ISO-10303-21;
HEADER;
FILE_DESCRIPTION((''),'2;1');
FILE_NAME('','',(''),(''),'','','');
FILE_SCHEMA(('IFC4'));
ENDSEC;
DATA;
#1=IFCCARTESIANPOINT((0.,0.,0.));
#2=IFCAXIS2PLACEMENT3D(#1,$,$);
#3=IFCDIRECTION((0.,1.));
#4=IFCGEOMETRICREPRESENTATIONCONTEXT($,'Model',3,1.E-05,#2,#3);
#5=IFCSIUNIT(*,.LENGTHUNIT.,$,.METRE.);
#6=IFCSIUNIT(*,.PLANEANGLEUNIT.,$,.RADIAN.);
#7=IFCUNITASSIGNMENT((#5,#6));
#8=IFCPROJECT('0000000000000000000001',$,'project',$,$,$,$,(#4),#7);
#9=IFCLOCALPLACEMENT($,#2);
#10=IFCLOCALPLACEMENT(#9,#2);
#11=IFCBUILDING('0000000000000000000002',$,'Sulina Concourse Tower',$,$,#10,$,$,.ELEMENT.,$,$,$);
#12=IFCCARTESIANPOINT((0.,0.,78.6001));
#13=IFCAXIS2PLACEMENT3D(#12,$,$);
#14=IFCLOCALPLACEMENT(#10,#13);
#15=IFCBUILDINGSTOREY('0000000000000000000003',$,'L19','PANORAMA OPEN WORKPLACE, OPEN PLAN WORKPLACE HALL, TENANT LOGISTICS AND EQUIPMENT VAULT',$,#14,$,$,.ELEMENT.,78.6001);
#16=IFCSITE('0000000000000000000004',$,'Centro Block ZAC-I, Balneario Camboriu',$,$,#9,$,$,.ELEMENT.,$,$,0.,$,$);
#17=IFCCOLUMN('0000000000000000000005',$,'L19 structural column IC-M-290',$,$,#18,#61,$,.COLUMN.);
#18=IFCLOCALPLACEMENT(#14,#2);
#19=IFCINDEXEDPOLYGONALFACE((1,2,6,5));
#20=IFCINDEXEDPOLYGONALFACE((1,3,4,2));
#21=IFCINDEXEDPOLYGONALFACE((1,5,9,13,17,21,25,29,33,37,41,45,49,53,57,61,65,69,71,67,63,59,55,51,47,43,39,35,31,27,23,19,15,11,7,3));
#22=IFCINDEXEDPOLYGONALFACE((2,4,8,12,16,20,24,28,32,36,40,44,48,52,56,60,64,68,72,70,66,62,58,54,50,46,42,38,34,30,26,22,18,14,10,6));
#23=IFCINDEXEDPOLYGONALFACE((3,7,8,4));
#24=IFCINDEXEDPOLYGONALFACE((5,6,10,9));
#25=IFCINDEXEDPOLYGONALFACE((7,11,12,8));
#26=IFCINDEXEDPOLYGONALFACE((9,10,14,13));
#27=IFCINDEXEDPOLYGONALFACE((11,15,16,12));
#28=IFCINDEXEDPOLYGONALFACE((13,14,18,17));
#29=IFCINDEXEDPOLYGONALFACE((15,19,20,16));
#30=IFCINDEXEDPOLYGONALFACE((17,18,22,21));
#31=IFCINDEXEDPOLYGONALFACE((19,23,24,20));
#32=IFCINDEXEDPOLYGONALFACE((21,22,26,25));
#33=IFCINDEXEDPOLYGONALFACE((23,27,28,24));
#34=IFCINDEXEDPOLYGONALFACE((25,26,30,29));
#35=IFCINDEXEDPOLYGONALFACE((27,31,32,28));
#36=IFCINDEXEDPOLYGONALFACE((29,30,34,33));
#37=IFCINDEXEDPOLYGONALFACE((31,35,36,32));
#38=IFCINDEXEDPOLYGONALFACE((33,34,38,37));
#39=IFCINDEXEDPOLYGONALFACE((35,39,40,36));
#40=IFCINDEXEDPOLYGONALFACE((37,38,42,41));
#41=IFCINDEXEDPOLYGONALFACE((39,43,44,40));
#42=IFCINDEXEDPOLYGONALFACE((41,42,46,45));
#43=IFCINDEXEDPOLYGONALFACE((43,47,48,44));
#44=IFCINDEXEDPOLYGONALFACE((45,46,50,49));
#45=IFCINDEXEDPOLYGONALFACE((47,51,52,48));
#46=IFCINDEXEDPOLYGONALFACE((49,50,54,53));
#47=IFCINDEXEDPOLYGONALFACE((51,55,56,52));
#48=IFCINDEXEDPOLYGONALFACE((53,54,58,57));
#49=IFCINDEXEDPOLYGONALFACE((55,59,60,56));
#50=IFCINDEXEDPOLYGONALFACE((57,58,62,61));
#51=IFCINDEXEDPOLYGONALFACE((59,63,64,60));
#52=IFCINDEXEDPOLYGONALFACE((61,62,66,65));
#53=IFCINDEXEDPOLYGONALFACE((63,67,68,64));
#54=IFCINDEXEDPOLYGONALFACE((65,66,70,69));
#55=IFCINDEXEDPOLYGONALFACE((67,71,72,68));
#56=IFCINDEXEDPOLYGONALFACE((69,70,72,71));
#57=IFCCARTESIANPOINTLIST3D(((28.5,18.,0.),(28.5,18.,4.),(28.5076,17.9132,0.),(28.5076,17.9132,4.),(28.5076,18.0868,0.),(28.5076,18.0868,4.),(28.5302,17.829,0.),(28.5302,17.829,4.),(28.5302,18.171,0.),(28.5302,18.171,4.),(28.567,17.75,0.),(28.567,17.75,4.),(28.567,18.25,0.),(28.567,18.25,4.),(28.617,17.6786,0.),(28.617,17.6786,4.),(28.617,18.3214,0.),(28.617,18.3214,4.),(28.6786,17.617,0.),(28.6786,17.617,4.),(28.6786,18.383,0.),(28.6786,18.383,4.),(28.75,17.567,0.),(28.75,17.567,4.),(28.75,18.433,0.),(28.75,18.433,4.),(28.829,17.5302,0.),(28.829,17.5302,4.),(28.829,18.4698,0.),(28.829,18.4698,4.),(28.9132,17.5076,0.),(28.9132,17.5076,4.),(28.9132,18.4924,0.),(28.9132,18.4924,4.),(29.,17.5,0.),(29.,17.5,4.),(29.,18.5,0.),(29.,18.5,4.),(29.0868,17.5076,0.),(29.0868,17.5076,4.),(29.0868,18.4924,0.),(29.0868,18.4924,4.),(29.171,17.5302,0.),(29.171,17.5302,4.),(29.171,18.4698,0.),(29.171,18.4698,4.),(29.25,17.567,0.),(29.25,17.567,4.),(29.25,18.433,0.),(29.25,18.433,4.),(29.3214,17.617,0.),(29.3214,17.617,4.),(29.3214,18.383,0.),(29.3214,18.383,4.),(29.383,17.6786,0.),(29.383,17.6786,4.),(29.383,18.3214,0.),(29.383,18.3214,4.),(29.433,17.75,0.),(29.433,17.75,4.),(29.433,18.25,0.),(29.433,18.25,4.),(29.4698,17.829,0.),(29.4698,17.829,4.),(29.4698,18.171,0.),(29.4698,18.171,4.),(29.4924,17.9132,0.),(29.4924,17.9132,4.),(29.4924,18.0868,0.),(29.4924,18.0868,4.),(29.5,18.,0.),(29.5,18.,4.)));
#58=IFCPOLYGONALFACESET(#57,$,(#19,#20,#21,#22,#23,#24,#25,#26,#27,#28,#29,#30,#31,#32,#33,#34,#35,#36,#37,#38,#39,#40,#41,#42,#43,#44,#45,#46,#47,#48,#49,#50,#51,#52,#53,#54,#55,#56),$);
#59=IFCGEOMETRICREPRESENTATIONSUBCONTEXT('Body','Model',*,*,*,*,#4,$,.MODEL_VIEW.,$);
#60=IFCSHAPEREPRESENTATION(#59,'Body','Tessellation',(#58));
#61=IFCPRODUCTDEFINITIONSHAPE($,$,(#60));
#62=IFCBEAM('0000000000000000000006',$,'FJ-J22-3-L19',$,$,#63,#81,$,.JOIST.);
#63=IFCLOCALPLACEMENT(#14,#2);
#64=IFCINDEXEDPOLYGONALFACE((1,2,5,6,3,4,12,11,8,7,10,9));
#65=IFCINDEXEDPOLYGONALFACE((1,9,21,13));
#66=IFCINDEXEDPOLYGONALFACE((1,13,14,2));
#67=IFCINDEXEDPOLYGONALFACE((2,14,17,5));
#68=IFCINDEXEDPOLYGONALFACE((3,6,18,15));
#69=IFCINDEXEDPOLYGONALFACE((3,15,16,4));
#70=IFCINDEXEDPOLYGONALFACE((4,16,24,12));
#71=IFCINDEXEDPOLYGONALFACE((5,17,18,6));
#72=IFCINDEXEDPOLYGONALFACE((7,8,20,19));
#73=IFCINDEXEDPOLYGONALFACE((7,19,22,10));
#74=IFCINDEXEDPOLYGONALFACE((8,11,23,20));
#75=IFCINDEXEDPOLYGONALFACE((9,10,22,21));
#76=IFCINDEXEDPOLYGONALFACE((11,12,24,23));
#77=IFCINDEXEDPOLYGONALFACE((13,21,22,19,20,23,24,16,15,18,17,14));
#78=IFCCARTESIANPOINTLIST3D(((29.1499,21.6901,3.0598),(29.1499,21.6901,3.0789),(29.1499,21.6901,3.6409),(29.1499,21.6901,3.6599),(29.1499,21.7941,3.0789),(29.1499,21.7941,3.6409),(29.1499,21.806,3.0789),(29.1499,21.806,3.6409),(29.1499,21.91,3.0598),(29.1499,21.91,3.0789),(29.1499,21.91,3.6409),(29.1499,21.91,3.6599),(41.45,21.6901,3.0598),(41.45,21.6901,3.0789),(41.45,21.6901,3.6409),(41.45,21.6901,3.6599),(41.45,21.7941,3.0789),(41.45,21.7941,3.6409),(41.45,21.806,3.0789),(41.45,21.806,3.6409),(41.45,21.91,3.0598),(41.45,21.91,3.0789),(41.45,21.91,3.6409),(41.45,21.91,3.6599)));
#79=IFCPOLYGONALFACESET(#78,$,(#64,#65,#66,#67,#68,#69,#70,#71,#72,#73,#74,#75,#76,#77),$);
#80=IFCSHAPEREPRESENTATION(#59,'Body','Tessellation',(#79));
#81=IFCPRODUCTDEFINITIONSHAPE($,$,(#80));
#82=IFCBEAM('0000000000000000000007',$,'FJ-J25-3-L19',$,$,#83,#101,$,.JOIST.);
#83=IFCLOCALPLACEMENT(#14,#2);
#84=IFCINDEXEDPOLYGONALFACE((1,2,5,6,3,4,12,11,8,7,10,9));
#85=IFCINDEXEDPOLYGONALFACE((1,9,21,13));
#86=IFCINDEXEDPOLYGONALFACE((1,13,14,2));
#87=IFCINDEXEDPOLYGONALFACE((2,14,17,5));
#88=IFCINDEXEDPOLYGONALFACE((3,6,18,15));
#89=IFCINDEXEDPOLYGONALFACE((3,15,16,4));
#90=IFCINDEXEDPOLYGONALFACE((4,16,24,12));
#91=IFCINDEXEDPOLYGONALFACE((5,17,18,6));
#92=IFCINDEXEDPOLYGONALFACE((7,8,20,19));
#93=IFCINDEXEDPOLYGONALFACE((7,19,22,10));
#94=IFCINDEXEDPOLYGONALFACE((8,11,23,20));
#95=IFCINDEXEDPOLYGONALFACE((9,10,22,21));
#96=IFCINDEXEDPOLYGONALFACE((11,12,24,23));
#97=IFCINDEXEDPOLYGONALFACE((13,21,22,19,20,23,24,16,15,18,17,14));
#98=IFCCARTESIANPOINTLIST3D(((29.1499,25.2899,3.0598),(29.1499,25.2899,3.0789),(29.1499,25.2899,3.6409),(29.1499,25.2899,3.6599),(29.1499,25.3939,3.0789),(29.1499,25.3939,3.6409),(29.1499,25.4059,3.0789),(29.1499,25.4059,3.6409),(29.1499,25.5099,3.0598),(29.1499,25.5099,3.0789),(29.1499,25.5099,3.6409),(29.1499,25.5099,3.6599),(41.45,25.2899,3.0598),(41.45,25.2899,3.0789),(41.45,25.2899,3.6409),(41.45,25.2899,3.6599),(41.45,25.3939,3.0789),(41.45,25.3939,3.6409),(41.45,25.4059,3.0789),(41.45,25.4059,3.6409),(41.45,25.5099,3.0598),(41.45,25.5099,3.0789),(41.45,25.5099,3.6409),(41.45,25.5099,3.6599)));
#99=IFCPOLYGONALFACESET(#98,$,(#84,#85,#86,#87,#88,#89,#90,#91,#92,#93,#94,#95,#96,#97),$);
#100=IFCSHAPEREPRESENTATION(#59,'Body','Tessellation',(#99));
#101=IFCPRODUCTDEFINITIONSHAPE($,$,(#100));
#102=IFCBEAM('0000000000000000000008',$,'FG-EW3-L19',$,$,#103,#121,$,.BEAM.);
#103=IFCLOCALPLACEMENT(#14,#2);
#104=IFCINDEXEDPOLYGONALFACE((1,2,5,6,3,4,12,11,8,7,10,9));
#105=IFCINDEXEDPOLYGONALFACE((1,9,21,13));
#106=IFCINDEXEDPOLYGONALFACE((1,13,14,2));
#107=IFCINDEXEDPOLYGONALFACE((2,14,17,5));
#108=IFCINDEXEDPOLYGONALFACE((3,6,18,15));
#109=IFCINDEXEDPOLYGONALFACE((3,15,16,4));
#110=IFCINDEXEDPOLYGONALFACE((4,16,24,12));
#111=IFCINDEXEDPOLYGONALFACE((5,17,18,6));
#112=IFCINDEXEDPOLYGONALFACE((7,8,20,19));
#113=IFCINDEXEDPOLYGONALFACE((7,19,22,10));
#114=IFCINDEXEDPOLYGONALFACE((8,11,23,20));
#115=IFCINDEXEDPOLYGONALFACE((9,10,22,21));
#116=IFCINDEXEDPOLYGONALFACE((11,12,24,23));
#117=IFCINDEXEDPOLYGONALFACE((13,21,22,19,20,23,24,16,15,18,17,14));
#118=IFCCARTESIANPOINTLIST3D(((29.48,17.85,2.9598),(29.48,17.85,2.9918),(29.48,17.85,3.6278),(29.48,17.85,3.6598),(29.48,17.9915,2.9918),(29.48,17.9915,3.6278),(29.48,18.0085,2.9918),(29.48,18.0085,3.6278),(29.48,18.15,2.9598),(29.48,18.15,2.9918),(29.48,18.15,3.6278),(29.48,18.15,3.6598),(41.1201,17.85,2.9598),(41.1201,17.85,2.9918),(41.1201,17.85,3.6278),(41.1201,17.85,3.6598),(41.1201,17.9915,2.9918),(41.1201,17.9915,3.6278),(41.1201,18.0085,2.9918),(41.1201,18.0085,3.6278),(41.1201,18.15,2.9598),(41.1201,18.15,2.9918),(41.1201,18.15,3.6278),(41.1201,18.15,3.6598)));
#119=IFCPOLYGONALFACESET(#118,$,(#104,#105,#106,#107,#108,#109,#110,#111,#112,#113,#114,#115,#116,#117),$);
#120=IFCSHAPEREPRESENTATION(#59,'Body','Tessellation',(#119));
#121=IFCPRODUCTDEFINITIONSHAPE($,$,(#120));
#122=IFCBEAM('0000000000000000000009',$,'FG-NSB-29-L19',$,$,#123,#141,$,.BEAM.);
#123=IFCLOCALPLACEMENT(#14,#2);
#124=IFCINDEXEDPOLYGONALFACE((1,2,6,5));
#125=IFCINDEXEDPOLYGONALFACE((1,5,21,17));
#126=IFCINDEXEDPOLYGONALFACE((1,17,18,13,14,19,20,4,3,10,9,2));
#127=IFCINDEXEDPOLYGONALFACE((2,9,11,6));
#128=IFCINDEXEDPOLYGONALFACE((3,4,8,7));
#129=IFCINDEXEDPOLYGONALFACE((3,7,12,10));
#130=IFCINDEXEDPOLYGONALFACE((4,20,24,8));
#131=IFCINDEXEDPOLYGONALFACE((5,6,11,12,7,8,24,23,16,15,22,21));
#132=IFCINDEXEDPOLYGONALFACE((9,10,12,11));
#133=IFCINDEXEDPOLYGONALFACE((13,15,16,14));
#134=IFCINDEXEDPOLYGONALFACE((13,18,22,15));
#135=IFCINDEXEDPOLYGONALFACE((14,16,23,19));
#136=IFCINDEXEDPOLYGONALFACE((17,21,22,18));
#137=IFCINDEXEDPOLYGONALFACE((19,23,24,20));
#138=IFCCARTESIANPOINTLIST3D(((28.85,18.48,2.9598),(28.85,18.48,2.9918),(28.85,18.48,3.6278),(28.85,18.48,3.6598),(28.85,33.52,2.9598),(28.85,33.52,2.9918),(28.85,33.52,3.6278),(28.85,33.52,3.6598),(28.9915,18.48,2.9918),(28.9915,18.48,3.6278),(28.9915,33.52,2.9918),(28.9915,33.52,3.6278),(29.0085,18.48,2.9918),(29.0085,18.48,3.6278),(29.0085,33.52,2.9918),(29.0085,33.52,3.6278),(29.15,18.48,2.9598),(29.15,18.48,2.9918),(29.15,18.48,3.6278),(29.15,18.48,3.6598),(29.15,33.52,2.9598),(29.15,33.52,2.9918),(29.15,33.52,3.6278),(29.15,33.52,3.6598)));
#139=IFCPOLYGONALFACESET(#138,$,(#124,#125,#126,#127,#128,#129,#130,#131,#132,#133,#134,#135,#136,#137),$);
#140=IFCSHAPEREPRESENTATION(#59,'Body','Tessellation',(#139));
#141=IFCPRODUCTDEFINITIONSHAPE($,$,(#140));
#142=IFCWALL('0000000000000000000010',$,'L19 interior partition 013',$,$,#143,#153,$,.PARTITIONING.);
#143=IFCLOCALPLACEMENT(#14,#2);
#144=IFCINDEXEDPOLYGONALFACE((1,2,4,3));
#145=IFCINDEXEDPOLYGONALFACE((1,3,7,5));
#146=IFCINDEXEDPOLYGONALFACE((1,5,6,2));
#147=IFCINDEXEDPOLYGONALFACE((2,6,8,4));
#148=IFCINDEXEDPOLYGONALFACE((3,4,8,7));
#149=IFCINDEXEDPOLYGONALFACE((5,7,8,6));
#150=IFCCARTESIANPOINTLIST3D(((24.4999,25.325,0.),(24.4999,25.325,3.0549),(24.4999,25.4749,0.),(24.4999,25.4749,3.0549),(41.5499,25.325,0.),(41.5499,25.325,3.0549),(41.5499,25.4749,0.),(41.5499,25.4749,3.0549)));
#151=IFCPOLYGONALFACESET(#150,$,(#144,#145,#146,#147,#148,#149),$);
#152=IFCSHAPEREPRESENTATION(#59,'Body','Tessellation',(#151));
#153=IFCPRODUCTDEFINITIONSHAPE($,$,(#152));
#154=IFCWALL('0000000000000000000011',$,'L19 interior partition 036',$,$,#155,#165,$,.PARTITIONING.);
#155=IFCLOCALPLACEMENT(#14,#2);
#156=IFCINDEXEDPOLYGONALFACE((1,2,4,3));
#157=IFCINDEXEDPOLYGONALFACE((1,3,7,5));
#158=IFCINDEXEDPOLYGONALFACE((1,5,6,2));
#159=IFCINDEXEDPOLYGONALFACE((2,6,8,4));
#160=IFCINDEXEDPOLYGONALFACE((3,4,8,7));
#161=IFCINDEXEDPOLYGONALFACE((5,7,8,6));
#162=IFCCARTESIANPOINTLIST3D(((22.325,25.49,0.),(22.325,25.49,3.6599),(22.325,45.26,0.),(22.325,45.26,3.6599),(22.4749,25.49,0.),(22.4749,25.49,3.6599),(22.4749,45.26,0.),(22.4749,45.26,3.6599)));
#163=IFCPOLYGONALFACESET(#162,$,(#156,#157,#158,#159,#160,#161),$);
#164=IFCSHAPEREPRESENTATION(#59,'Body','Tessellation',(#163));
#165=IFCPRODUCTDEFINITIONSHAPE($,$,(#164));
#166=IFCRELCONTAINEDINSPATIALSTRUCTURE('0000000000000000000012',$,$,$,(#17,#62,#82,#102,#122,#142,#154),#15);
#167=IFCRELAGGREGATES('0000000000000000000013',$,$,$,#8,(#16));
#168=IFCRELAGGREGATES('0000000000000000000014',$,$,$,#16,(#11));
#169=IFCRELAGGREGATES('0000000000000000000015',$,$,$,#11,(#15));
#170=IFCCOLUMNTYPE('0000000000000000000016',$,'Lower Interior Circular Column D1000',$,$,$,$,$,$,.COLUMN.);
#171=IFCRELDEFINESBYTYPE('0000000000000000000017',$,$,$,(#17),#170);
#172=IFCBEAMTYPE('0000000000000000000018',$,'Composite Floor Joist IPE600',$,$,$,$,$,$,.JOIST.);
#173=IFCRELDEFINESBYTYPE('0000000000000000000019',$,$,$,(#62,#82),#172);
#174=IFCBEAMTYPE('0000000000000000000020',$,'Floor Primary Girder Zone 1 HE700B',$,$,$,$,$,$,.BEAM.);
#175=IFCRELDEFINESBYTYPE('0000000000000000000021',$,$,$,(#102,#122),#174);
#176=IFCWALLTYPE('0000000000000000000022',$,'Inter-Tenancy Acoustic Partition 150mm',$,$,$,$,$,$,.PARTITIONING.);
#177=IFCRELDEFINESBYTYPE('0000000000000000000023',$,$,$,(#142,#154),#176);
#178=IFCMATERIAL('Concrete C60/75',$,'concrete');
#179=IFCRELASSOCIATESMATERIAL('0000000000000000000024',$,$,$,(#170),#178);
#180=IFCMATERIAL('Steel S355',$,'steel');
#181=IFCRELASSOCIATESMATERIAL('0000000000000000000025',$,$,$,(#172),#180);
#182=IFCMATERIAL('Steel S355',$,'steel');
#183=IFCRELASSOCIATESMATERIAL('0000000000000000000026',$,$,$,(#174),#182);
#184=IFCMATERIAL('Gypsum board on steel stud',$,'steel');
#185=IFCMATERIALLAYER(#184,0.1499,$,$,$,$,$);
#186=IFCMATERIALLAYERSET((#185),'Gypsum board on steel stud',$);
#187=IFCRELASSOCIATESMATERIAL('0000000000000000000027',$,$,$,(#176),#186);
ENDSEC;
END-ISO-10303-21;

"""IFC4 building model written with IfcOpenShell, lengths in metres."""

from ifc_helpers import new_model, si_unit, direction, frame, frame_2d, origin, origin_2d, place, context, subcontext, project, spatial, rectangle, circle, i_section, extrude, material, layer, layer_set, material_profile, profile_set, type_object, element, save


model = new_model("IFC4")

# Units and contexts
model_context = context("Model", 3, precision=1e-05, world=origin(), true_north=direction((0.0, 1.0)))
body_context = subcontext(model_context, "Body", "Model", "MODEL_VIEW")
ifc_project = project(units=[si_unit("LENGTHUNIT", "METRE"), si_unit("PLANEANGLEUNIT", "RADIAN")], contexts=[model_context])

# Site, building, storey
site_placement = place(None, origin())
site = spatial("IfcSite", under=ifc_project, at=site_placement, Name="Centro Block ZAC-I, Balneario Camboriu", CompositionType="ELEMENT", RefElevation=0.0)
building_placement = place(site_placement, origin())
building = spatial("IfcBuilding", under=site, at=building_placement, Name="Sulina Concourse Tower", CompositionType="ELEMENT")
storey_placement = place(building_placement, frame((0.0, 0.0, 78.6001)))
storey = spatial("IfcBuildingStorey", under=building, at=storey_placement, Name="L19", Description="PANORAMA OPEN WORKPLACE, OPEN PLAN WORKPLACE HALL, TENANT LOGISTICS AND EQUIPMENT VAULT", CompositionType="ELEMENT", Elevation=78.6001)

# Column
ifc_material_1 = material(Name="Concrete C60/75", Category="concrete")
ifc_material_profile_1 = material_profile(ifc_material_1, circle(Radius=0.5, at=origin_2d()), Name="RC D1000")
ifc_profile_set_1 = profile_set([ifc_material_profile_1], Name="Concrete C60/75")
column_type = type_object("IfcColumnType", Name="Lower Interior Circular Column D1000", PredefinedType="COLUMN", material=ifc_profile_set_1)
column_placement = place(storey_placement, frame((29.0, 18.0, 0.0), z_axis=(0.0, 0.0, 1.0), x_axis=(1.0, 0.0, 0.0)))
element("IfcColumn", 1, at=column_placement, inside=storey, type_object=column_type, Name="L19 structural column IC-M-290", PredefinedType="COLUMN", context=body_context, shape_type="SweptSolid", body=[
    extrude(circle(Radius=0.5, at=origin_2d()), origin(), (0.0, 0.0, 1.0), 4.0),
])

# Beams
ifc_material_2 = material(Name="Steel S355", Category="steel")
ifc_material_profile_2 = material_profile(ifc_material_2, i_section(OverallWidth=0.22, OverallDepth=0.6001, WebThickness=0.012, FlangeThickness=0.019, at=origin_2d()), Name="IPE 600")
ifc_profile_set_2 = profile_set([ifc_material_profile_2], Name="Steel S355")
beam_type_1 = type_object("IfcBeamType", Name="Composite Floor Joist IPE600", PredefinedType="JOIST", material=ifc_profile_set_2)
for number, where, z_axis, x_axis, name in (
    (2, (29.1499, 21.8, 3.3599), (1.0, 0.0, 0.0), (0.0, 1.0, 0.0), "FJ-J22-3-L19"),
    (3, (29.1499, 25.3999, 3.3599), (1.0, 0.0, 0.0), (0.0, 1.0, 0.0), "FJ-J25-3-L19"),
):
    element("IfcBeam", number, at=place(storey_placement, frame(where, z_axis=z_axis, x_axis=x_axis)), inside=storey, type_object=beam_type_1, Name=name, PredefinedType="JOIST", context=body_context, shape_type="SweptSolid", body=[
        extrude(i_section(OverallWidth=0.22, OverallDepth=0.6001, WebThickness=0.012, FlangeThickness=0.019, at=origin_2d()), origin(), (0.0, 0.0, 1.0), 12.3),
    ])
ifc_material_3 = material(Name="Steel S355", Category="steel")
ifc_material_profile_3 = material_profile(ifc_material_3, i_section(OverallWidth=0.3, OverallDepth=0.7, WebThickness=0.0171, FlangeThickness=0.032, at=origin_2d()), Name="HE 700 B")
ifc_profile_set_3 = profile_set([ifc_material_profile_3], Name="Steel S355")
beam_type_2 = type_object("IfcBeamType", Name="Floor Primary Girder Zone 1 HE700B", PredefinedType="BEAM", material=ifc_profile_set_3)
beam_1_placement = place(storey_placement, frame((29.48, 18.0, 3.3098), z_axis=(1.0, 0.0, 0.0), x_axis=(0.0, 1.0, 0.0)))
element("IfcBeam", 4, at=beam_1_placement, inside=storey, type_object=beam_type_2, Name="FG-EW3-L19", PredefinedType="BEAM", context=body_context, shape_type="SweptSolid", body=[
    extrude(i_section(OverallWidth=0.3, OverallDepth=0.7, WebThickness=0.0171, FlangeThickness=0.032, at=origin_2d()), origin(), (0.0, 0.0, 1.0), 11.6401),
])
beam_2_placement = place(storey_placement, frame((29.0, 18.48, 3.3098), z_axis=(0.0, 1.0, 0.0), x_axis=(-1.0, 0.0, 0.0)))
element("IfcBeam", 5, at=beam_2_placement, inside=storey, type_object=beam_type_2, Name="FG-NSB-29-L19", PredefinedType="BEAM", context=body_context, shape_type="SweptSolid", body=[
    extrude(i_section(OverallWidth=0.3, OverallDepth=0.7, WebThickness=0.0171, FlangeThickness=0.032, at=origin_2d()), origin(), (0.0, 0.0, 1.0), 15.04),
])

# Walls
ifc_material_4 = material(Name="Gypsum board on steel stud", Category="steel")
ifc_layer_1 = layer(ifc_material_4, 0.1499)
ifc_layer_set_1 = layer_set([ifc_layer_1], Name="Gypsum board on steel stud")
wall_type_1 = type_object("IfcWallType", Name="Inter-Tenancy Acoustic Partition 150mm", PredefinedType="PARTITIONING", material=ifc_layer_set_1)
wall_1_placement = place(storey_placement, frame((24.5, 25.3999, 0.0), z_axis=(0.0, 0.0, 1.0), x_axis=(1.0, 0.0, 0.0)))
element("IfcWall", 6, at=wall_1_placement, inside=storey, type_object=wall_type_1, Name="L19 interior partition 013", PredefinedType="PARTITIONING", context=body_context, shape_type="SweptSolid", body=[
    extrude(rectangle(XDim=17.05, YDim=0.1499, at=frame_2d((8.5249, 0.0))), origin(), (0.0, 0.0, 1.0), 3.0549),
])
wall_2_placement = place(storey_placement, frame((22.3999, 25.49, 0.0), z_axis=(0.0, 0.0, 1.0), x_axis=(0.0, 1.0, 0.0)))
element("IfcWall", 7, at=wall_2_placement, inside=storey, type_object=wall_type_1, Name="L19 interior partition 036", PredefinedType="PARTITIONING", context=body_context, shape_type="SweptSolid", body=[
    extrude(rectangle(XDim=19.77, YDim=0.1499, at=frame_2d((9.885, 0.0))), origin(), (0.0, 0.0, 1.0), 3.6599),
])

save(model, "model.ifc")
